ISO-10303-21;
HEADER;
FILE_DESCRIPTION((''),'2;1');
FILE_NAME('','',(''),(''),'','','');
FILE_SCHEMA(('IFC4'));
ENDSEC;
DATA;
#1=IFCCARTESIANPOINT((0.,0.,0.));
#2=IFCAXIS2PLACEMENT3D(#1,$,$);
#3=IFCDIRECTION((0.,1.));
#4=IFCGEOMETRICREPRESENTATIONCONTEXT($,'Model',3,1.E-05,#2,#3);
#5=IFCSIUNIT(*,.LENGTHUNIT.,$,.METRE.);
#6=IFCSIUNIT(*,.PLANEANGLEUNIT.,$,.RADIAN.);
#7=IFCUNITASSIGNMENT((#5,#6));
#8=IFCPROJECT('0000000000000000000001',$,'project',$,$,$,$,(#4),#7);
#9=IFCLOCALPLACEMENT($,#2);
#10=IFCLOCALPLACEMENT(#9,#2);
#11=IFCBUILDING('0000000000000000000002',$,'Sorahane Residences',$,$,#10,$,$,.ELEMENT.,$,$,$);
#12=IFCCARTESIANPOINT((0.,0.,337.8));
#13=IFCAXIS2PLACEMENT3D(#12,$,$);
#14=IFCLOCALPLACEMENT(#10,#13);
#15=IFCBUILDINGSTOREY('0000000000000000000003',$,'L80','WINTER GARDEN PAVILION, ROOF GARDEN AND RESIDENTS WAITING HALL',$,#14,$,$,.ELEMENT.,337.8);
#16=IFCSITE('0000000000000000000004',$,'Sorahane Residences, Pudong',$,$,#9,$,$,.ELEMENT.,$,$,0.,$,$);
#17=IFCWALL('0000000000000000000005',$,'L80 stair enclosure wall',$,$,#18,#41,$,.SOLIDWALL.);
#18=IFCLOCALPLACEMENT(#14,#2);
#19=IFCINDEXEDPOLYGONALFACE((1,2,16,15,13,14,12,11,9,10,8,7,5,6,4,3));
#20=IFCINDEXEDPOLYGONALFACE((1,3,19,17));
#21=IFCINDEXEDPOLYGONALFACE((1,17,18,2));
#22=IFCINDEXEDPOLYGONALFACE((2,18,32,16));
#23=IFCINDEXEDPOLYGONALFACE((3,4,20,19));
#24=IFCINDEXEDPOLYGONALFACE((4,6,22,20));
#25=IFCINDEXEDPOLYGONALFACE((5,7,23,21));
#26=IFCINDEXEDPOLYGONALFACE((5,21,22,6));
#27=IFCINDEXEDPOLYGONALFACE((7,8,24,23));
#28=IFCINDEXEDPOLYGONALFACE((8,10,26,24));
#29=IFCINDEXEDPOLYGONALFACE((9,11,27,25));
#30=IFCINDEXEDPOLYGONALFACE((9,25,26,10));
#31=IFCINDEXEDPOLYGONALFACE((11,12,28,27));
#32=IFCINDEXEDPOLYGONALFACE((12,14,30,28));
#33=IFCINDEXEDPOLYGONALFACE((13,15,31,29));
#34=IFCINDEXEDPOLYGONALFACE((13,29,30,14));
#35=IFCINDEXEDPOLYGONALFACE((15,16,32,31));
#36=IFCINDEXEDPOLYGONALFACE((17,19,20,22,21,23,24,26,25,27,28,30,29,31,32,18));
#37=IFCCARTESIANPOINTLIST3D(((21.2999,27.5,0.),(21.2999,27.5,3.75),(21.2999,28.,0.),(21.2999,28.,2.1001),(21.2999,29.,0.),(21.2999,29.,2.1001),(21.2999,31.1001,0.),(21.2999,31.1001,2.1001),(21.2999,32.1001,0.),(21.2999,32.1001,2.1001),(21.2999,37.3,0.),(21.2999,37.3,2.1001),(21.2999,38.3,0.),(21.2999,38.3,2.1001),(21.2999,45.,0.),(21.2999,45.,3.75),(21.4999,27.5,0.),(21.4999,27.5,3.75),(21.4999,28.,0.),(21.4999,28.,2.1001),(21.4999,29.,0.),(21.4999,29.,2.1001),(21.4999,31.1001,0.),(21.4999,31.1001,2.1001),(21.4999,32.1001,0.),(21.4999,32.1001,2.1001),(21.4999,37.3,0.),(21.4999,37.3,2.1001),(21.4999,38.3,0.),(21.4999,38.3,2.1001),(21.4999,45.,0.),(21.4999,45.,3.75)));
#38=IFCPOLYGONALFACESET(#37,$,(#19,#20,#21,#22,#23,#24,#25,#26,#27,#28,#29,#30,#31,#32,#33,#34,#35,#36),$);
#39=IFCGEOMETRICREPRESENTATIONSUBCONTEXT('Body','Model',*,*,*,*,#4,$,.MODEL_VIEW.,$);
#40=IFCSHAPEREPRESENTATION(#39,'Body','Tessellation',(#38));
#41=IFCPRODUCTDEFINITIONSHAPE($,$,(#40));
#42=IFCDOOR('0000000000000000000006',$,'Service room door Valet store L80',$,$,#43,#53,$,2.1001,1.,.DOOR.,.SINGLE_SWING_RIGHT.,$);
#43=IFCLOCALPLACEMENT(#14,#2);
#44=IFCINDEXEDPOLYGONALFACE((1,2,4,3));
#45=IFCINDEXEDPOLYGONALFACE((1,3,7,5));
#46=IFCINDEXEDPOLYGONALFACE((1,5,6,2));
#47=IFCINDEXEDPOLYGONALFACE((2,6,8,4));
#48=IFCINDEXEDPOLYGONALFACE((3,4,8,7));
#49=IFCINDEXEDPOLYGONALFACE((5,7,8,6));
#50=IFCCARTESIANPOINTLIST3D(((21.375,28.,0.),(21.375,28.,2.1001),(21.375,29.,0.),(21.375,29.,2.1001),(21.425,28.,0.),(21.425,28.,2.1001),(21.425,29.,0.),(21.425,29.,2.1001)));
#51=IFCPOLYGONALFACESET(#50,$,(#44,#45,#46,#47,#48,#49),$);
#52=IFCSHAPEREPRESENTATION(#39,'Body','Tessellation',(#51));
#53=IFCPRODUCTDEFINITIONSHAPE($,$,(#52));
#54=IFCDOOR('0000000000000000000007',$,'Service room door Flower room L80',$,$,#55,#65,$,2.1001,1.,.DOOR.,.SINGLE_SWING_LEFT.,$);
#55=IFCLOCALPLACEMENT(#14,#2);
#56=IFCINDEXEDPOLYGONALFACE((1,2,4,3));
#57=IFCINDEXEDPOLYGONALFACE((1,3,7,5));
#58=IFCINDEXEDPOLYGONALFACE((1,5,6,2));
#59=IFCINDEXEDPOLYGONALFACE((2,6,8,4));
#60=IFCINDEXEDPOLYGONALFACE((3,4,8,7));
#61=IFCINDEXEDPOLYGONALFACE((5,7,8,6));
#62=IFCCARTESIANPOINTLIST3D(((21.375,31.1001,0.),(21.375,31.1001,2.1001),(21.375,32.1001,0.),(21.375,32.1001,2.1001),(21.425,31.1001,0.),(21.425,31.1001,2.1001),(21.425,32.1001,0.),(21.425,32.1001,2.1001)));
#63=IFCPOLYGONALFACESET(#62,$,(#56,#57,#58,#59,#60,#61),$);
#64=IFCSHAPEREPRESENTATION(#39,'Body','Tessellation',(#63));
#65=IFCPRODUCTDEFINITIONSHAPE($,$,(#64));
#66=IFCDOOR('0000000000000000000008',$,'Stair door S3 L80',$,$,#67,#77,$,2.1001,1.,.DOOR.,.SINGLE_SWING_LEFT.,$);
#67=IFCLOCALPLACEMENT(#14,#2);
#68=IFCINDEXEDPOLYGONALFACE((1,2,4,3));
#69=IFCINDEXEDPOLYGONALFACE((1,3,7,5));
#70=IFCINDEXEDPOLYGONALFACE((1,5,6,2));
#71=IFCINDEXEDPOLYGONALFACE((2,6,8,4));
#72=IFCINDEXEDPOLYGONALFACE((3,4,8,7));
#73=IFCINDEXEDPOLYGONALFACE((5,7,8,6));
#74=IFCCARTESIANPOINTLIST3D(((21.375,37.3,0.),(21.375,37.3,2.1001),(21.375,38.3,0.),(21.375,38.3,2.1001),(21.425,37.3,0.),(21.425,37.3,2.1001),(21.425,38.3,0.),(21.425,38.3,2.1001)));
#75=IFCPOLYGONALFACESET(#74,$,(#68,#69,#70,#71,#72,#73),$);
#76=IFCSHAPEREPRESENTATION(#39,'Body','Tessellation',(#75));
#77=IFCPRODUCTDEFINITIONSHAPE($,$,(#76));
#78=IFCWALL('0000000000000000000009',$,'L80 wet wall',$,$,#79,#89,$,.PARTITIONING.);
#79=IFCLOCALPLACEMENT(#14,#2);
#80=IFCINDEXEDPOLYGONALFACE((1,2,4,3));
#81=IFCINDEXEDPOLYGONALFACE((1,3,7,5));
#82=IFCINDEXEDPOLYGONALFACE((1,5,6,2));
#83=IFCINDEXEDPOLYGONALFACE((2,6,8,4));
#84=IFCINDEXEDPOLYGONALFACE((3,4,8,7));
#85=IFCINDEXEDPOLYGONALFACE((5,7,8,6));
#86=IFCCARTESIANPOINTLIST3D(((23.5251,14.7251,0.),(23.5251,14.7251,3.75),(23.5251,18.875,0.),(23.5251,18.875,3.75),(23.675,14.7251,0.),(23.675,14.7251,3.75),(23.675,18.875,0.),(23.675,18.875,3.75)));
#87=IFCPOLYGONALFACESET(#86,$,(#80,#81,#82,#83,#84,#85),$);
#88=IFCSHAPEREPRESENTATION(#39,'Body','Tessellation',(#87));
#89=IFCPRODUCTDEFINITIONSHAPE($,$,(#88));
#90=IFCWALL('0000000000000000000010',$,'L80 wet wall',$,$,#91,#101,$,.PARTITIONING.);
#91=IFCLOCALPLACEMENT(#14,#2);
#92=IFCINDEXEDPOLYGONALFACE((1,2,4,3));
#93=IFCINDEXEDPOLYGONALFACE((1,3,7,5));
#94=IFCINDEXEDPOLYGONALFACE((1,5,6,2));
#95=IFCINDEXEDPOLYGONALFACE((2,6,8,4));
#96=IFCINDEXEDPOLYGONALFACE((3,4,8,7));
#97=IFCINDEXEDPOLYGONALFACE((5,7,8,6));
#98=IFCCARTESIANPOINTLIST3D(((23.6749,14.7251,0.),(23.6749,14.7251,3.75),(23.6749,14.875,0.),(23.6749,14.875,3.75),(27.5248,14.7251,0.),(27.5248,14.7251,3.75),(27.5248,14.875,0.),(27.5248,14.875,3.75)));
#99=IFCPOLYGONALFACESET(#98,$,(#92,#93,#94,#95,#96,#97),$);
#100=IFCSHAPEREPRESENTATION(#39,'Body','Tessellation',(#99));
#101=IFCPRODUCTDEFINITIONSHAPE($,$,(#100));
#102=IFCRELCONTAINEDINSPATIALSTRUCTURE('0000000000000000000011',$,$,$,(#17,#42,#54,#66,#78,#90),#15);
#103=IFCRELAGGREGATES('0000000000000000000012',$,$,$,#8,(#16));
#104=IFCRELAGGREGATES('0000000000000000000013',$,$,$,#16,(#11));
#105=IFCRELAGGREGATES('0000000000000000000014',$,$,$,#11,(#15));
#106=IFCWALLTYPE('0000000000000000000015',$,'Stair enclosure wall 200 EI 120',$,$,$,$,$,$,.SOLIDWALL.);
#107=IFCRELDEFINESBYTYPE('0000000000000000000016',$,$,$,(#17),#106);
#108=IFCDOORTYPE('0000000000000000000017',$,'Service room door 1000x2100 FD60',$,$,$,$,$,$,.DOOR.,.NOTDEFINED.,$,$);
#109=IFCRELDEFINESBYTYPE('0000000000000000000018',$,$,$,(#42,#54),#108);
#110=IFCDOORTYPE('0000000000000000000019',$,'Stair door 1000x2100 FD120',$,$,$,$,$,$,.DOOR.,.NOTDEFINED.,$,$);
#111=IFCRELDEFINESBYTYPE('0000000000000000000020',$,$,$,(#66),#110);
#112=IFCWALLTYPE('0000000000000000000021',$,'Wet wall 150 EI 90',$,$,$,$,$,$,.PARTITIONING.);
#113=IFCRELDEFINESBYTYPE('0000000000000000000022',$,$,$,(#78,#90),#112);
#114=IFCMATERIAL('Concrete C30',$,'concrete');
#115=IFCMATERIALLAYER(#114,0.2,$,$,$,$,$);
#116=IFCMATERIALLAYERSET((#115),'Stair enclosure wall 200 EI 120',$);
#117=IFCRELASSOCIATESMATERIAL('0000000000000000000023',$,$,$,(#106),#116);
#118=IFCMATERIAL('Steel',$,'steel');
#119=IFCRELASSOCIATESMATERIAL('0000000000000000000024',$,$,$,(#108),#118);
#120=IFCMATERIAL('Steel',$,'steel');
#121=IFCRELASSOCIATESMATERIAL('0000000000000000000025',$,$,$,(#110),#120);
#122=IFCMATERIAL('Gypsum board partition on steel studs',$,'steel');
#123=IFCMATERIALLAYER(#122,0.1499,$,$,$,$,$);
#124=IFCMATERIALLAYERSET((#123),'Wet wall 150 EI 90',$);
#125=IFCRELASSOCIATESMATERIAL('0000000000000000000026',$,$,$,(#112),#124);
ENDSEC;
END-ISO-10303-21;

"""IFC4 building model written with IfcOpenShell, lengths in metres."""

from ifc_helpers import new_model, si_unit, direction, frame, frame_2d, origin, place, context, subcontext, project, spatial, rectangle, extrude, material, layer, layer_set, type_object, element, fill, save


model = new_model("IFC4")

# Units and contexts
model_context = context("Model", 3, precision=1e-05, world=origin(), true_north=direction((0.0, 1.0)))
body_context = subcontext(model_context, "Body", "Model", "MODEL_VIEW")
ifc_project = project(units=[si_unit("LENGTHUNIT", "METRE"), si_unit("PLANEANGLEUNIT", "RADIAN")], contexts=[model_context])

# Site, building, storey
site_placement = place(None, origin())
site = spatial("IfcSite", under=ifc_project, at=site_placement, Name="Sorahane Residences, Pudong", CompositionType="ELEMENT", RefElevation=0.0)
building_placement = place(site_placement, origin())
building = spatial("IfcBuilding", under=site, at=building_placement, Name="Sorahane Residences", CompositionType="ELEMENT")
storey_placement = place(building_placement, frame((0.0, 0.0, 337.8)))
storey = spatial("IfcBuildingStorey", under=building, at=storey_placement, Name="L80", Description="WINTER GARDEN PAVILION, ROOF GARDEN AND RESIDENTS WAITING HALL", CompositionType="ELEMENT", Elevation=337.8)

# Wall, openings, doors
ifc_material_1 = material(Name="Concrete C30", Category="concrete")
ifc_layer_1 = layer(ifc_material_1, 0.2)
ifc_layer_set_1 = layer_set([ifc_layer_1], Name="Stair enclosure wall 200 EI 120")
wall_type_1 = type_object("IfcWallType", Name="Stair enclosure wall 200 EI 120", PredefinedType="SOLIDWALL", material=ifc_layer_set_1)
wall_1_placement = place(storey_placement, frame((21.3999, 27.5, 0.0), z_axis=(0.0, 0.0, 1.0), x_axis=(0.0, 1.0, 0.0)))
wall_1 = element("IfcWall", 1, at=wall_1_placement, inside=storey, type_object=wall_type_1, Name="L80 stair enclosure wall", PredefinedType="SOLIDWALL", context=body_context, shape_type="SweptSolid", body=[
    extrude(rectangle(XDim=17.5, YDim=0.2, at=frame_2d((8.75, 0.0))), origin(), (0.0, 0.0, 1.0), 3.75),
])
opening_1_placement = place(wall_1_placement, frame((0.5, 0.0, 0.0)))
opening_1 = element("IfcOpeningElement", 2, at=opening_1_placement, cuts=wall_1, PredefinedType="OPENING", context=body_context, shape_type="SweptSolid", body=[
    extrude(rectangle(XDim=1.0, YDim=2.1001, at=frame_2d((0.5, 1.05))), frame((0.0, 0.1099, 0.0), z_axis=(0.0, -1.0, 0.0), x_axis=(1.0, 0.0, 0.0)), (0.0, 0.0, 1.0), 0.22),
])
opening_2_placement = place(wall_1_placement, frame((3.6001, 0.0, 0.0)))
opening_2 = element("IfcOpeningElement", 3, at=opening_2_placement, cuts=wall_1, PredefinedType="OPENING", context=body_context, shape_type="SweptSolid", body=[
    extrude(rectangle(XDim=1.0, YDim=2.1001, at=frame_2d((0.5, 1.05))), frame((0.0, 0.1099, 0.0), z_axis=(0.0, -1.0, 0.0), x_axis=(1.0, 0.0, 0.0)), (0.0, 0.0, 1.0), 0.22),
])
opening_3_placement = place(wall_1_placement, frame((9.8, 0.0, 0.0)))
opening_3 = element("IfcOpeningElement", 4, at=opening_3_placement, cuts=wall_1, PredefinedType="OPENING", context=body_context, shape_type="SweptSolid", body=[
    extrude(rectangle(XDim=1.0, YDim=2.1001, at=frame_2d((0.5, 1.05))), frame((0.0, 0.1099, 0.0), z_axis=(0.0, -1.0, 0.0), x_axis=(1.0, 0.0, 0.0)), (0.0, 0.0, 1.0), 0.22),
])
ifc_material_2 = material(Name="Steel", Category="steel")
door_type_1 = type_object("IfcDoorType", Name="Service room door 1000x2100 FD60", OperationType="NOTDEFINED", PredefinedType="DOOR", material=ifc_material_2)
door_1_placement = place(opening_1_placement, origin())
door_1 = element("IfcDoor", 5, at=door_1_placement, inside=storey, type_object=door_type_1, Name="Service room door Valet store L80", OperationType="SINGLE_SWING_RIGHT", OverallHeight=2.1001, OverallWidth=1.0, PredefinedType="DOOR", context=body_context, shape_type="SweptSolid", body=[
    extrude(rectangle(XDim=1.0, YDim=2.1001, at=frame_2d((0.5, 1.05))), frame((0.0, 0.0249, 0.0), z_axis=(0.0, -1.0, 0.0), x_axis=(1.0, 0.0, 0.0)), (0.0, 0.0, 1.0), 0.05),
])
fill(opening_1, door_1)
door_2_placement = place(opening_2_placement, origin())
door_2 = element("IfcDoor", 6, at=door_2_placement, inside=storey, type_object=door_type_1, Name="Service room door Flower room L80", OperationType="SINGLE_SWING_LEFT", OverallHeight=2.1001, OverallWidth=1.0, PredefinedType="DOOR", context=body_context, shape_type="SweptSolid", body=[
    extrude(rectangle(XDim=1.0, YDim=2.1001, at=frame_2d((0.5, 1.05))), frame((0.0, 0.0249, 0.0), z_axis=(0.0, -1.0, 0.0), x_axis=(1.0, 0.0, 0.0)), (0.0, 0.0, 1.0), 0.05),
])
fill(opening_2, door_2)
ifc_material_3 = material(Name="Steel", Category="steel")
door_type_2 = type_object("IfcDoorType", Name="Stair door 1000x2100 FD120", OperationType="NOTDEFINED", PredefinedType="DOOR", material=ifc_material_3)
door_3_placement = place(opening_3_placement, origin())
door_3 = element("IfcDoor", 7, at=door_3_placement, inside=storey, type_object=door_type_2, Name="Stair door S3 L80", OperationType="SINGLE_SWING_LEFT", OverallHeight=2.1001, OverallWidth=1.0, PredefinedType="DOOR", context=body_context, shape_type="SweptSolid", body=[
    extrude(rectangle(XDim=1.0, YDim=2.1001, at=frame_2d((0.5, 1.05))), frame((0.0, 0.0249, 0.0), z_axis=(0.0, -1.0, 0.0), x_axis=(1.0, 0.0, 0.0)), (0.0, 0.0, 1.0), 0.05),
])
fill(opening_3, door_3)

# Walls
ifc_material_4 = material(Name="Gypsum board partition on steel studs", Category="steel")
ifc_layer_2 = layer(ifc_material_4, 0.1499)
ifc_layer_set_2 = layer_set([ifc_layer_2], Name="Wet wall 150 EI 90")
wall_type_2 = type_object("IfcWallType", Name="Wet wall 150 EI 90", PredefinedType="PARTITIONING", material=ifc_layer_set_2)
wall_2_placement = place(storey_placement, frame((23.6001, 14.7251, 0.0), z_axis=(0.0, 0.0, 1.0), x_axis=(0.0, 1.0, 0.0)))
element("IfcWall", 8, at=wall_2_placement, inside=storey, type_object=wall_type_2, Name="L80 wet wall", PredefinedType="PARTITIONING", context=body_context, shape_type="SweptSolid", body=[
    extrude(rectangle(XDim=4.1499, YDim=0.1499, at=frame_2d((2.075, 0.0))), origin(), (0.0, 0.0, 1.0), 3.75),
])
wall_3_placement = place(storey_placement, frame((23.675, 14.8, 0.0), z_axis=(0.0, 0.0, 1.0), x_axis=(1.0, 0.0, 0.0)))
element("IfcWall", 9, at=wall_3_placement, inside=storey, type_object=wall_type_2, Name="L80 wet wall", PredefinedType="PARTITIONING", context=body_context, shape_type="SweptSolid", body=[
    extrude(rectangle(XDim=3.8499, YDim=0.1499, at=frame_2d((1.9248, 0.0))), origin(), (0.0, 0.0, 1.0), 3.75),
])

save(model, "model.ifc")
